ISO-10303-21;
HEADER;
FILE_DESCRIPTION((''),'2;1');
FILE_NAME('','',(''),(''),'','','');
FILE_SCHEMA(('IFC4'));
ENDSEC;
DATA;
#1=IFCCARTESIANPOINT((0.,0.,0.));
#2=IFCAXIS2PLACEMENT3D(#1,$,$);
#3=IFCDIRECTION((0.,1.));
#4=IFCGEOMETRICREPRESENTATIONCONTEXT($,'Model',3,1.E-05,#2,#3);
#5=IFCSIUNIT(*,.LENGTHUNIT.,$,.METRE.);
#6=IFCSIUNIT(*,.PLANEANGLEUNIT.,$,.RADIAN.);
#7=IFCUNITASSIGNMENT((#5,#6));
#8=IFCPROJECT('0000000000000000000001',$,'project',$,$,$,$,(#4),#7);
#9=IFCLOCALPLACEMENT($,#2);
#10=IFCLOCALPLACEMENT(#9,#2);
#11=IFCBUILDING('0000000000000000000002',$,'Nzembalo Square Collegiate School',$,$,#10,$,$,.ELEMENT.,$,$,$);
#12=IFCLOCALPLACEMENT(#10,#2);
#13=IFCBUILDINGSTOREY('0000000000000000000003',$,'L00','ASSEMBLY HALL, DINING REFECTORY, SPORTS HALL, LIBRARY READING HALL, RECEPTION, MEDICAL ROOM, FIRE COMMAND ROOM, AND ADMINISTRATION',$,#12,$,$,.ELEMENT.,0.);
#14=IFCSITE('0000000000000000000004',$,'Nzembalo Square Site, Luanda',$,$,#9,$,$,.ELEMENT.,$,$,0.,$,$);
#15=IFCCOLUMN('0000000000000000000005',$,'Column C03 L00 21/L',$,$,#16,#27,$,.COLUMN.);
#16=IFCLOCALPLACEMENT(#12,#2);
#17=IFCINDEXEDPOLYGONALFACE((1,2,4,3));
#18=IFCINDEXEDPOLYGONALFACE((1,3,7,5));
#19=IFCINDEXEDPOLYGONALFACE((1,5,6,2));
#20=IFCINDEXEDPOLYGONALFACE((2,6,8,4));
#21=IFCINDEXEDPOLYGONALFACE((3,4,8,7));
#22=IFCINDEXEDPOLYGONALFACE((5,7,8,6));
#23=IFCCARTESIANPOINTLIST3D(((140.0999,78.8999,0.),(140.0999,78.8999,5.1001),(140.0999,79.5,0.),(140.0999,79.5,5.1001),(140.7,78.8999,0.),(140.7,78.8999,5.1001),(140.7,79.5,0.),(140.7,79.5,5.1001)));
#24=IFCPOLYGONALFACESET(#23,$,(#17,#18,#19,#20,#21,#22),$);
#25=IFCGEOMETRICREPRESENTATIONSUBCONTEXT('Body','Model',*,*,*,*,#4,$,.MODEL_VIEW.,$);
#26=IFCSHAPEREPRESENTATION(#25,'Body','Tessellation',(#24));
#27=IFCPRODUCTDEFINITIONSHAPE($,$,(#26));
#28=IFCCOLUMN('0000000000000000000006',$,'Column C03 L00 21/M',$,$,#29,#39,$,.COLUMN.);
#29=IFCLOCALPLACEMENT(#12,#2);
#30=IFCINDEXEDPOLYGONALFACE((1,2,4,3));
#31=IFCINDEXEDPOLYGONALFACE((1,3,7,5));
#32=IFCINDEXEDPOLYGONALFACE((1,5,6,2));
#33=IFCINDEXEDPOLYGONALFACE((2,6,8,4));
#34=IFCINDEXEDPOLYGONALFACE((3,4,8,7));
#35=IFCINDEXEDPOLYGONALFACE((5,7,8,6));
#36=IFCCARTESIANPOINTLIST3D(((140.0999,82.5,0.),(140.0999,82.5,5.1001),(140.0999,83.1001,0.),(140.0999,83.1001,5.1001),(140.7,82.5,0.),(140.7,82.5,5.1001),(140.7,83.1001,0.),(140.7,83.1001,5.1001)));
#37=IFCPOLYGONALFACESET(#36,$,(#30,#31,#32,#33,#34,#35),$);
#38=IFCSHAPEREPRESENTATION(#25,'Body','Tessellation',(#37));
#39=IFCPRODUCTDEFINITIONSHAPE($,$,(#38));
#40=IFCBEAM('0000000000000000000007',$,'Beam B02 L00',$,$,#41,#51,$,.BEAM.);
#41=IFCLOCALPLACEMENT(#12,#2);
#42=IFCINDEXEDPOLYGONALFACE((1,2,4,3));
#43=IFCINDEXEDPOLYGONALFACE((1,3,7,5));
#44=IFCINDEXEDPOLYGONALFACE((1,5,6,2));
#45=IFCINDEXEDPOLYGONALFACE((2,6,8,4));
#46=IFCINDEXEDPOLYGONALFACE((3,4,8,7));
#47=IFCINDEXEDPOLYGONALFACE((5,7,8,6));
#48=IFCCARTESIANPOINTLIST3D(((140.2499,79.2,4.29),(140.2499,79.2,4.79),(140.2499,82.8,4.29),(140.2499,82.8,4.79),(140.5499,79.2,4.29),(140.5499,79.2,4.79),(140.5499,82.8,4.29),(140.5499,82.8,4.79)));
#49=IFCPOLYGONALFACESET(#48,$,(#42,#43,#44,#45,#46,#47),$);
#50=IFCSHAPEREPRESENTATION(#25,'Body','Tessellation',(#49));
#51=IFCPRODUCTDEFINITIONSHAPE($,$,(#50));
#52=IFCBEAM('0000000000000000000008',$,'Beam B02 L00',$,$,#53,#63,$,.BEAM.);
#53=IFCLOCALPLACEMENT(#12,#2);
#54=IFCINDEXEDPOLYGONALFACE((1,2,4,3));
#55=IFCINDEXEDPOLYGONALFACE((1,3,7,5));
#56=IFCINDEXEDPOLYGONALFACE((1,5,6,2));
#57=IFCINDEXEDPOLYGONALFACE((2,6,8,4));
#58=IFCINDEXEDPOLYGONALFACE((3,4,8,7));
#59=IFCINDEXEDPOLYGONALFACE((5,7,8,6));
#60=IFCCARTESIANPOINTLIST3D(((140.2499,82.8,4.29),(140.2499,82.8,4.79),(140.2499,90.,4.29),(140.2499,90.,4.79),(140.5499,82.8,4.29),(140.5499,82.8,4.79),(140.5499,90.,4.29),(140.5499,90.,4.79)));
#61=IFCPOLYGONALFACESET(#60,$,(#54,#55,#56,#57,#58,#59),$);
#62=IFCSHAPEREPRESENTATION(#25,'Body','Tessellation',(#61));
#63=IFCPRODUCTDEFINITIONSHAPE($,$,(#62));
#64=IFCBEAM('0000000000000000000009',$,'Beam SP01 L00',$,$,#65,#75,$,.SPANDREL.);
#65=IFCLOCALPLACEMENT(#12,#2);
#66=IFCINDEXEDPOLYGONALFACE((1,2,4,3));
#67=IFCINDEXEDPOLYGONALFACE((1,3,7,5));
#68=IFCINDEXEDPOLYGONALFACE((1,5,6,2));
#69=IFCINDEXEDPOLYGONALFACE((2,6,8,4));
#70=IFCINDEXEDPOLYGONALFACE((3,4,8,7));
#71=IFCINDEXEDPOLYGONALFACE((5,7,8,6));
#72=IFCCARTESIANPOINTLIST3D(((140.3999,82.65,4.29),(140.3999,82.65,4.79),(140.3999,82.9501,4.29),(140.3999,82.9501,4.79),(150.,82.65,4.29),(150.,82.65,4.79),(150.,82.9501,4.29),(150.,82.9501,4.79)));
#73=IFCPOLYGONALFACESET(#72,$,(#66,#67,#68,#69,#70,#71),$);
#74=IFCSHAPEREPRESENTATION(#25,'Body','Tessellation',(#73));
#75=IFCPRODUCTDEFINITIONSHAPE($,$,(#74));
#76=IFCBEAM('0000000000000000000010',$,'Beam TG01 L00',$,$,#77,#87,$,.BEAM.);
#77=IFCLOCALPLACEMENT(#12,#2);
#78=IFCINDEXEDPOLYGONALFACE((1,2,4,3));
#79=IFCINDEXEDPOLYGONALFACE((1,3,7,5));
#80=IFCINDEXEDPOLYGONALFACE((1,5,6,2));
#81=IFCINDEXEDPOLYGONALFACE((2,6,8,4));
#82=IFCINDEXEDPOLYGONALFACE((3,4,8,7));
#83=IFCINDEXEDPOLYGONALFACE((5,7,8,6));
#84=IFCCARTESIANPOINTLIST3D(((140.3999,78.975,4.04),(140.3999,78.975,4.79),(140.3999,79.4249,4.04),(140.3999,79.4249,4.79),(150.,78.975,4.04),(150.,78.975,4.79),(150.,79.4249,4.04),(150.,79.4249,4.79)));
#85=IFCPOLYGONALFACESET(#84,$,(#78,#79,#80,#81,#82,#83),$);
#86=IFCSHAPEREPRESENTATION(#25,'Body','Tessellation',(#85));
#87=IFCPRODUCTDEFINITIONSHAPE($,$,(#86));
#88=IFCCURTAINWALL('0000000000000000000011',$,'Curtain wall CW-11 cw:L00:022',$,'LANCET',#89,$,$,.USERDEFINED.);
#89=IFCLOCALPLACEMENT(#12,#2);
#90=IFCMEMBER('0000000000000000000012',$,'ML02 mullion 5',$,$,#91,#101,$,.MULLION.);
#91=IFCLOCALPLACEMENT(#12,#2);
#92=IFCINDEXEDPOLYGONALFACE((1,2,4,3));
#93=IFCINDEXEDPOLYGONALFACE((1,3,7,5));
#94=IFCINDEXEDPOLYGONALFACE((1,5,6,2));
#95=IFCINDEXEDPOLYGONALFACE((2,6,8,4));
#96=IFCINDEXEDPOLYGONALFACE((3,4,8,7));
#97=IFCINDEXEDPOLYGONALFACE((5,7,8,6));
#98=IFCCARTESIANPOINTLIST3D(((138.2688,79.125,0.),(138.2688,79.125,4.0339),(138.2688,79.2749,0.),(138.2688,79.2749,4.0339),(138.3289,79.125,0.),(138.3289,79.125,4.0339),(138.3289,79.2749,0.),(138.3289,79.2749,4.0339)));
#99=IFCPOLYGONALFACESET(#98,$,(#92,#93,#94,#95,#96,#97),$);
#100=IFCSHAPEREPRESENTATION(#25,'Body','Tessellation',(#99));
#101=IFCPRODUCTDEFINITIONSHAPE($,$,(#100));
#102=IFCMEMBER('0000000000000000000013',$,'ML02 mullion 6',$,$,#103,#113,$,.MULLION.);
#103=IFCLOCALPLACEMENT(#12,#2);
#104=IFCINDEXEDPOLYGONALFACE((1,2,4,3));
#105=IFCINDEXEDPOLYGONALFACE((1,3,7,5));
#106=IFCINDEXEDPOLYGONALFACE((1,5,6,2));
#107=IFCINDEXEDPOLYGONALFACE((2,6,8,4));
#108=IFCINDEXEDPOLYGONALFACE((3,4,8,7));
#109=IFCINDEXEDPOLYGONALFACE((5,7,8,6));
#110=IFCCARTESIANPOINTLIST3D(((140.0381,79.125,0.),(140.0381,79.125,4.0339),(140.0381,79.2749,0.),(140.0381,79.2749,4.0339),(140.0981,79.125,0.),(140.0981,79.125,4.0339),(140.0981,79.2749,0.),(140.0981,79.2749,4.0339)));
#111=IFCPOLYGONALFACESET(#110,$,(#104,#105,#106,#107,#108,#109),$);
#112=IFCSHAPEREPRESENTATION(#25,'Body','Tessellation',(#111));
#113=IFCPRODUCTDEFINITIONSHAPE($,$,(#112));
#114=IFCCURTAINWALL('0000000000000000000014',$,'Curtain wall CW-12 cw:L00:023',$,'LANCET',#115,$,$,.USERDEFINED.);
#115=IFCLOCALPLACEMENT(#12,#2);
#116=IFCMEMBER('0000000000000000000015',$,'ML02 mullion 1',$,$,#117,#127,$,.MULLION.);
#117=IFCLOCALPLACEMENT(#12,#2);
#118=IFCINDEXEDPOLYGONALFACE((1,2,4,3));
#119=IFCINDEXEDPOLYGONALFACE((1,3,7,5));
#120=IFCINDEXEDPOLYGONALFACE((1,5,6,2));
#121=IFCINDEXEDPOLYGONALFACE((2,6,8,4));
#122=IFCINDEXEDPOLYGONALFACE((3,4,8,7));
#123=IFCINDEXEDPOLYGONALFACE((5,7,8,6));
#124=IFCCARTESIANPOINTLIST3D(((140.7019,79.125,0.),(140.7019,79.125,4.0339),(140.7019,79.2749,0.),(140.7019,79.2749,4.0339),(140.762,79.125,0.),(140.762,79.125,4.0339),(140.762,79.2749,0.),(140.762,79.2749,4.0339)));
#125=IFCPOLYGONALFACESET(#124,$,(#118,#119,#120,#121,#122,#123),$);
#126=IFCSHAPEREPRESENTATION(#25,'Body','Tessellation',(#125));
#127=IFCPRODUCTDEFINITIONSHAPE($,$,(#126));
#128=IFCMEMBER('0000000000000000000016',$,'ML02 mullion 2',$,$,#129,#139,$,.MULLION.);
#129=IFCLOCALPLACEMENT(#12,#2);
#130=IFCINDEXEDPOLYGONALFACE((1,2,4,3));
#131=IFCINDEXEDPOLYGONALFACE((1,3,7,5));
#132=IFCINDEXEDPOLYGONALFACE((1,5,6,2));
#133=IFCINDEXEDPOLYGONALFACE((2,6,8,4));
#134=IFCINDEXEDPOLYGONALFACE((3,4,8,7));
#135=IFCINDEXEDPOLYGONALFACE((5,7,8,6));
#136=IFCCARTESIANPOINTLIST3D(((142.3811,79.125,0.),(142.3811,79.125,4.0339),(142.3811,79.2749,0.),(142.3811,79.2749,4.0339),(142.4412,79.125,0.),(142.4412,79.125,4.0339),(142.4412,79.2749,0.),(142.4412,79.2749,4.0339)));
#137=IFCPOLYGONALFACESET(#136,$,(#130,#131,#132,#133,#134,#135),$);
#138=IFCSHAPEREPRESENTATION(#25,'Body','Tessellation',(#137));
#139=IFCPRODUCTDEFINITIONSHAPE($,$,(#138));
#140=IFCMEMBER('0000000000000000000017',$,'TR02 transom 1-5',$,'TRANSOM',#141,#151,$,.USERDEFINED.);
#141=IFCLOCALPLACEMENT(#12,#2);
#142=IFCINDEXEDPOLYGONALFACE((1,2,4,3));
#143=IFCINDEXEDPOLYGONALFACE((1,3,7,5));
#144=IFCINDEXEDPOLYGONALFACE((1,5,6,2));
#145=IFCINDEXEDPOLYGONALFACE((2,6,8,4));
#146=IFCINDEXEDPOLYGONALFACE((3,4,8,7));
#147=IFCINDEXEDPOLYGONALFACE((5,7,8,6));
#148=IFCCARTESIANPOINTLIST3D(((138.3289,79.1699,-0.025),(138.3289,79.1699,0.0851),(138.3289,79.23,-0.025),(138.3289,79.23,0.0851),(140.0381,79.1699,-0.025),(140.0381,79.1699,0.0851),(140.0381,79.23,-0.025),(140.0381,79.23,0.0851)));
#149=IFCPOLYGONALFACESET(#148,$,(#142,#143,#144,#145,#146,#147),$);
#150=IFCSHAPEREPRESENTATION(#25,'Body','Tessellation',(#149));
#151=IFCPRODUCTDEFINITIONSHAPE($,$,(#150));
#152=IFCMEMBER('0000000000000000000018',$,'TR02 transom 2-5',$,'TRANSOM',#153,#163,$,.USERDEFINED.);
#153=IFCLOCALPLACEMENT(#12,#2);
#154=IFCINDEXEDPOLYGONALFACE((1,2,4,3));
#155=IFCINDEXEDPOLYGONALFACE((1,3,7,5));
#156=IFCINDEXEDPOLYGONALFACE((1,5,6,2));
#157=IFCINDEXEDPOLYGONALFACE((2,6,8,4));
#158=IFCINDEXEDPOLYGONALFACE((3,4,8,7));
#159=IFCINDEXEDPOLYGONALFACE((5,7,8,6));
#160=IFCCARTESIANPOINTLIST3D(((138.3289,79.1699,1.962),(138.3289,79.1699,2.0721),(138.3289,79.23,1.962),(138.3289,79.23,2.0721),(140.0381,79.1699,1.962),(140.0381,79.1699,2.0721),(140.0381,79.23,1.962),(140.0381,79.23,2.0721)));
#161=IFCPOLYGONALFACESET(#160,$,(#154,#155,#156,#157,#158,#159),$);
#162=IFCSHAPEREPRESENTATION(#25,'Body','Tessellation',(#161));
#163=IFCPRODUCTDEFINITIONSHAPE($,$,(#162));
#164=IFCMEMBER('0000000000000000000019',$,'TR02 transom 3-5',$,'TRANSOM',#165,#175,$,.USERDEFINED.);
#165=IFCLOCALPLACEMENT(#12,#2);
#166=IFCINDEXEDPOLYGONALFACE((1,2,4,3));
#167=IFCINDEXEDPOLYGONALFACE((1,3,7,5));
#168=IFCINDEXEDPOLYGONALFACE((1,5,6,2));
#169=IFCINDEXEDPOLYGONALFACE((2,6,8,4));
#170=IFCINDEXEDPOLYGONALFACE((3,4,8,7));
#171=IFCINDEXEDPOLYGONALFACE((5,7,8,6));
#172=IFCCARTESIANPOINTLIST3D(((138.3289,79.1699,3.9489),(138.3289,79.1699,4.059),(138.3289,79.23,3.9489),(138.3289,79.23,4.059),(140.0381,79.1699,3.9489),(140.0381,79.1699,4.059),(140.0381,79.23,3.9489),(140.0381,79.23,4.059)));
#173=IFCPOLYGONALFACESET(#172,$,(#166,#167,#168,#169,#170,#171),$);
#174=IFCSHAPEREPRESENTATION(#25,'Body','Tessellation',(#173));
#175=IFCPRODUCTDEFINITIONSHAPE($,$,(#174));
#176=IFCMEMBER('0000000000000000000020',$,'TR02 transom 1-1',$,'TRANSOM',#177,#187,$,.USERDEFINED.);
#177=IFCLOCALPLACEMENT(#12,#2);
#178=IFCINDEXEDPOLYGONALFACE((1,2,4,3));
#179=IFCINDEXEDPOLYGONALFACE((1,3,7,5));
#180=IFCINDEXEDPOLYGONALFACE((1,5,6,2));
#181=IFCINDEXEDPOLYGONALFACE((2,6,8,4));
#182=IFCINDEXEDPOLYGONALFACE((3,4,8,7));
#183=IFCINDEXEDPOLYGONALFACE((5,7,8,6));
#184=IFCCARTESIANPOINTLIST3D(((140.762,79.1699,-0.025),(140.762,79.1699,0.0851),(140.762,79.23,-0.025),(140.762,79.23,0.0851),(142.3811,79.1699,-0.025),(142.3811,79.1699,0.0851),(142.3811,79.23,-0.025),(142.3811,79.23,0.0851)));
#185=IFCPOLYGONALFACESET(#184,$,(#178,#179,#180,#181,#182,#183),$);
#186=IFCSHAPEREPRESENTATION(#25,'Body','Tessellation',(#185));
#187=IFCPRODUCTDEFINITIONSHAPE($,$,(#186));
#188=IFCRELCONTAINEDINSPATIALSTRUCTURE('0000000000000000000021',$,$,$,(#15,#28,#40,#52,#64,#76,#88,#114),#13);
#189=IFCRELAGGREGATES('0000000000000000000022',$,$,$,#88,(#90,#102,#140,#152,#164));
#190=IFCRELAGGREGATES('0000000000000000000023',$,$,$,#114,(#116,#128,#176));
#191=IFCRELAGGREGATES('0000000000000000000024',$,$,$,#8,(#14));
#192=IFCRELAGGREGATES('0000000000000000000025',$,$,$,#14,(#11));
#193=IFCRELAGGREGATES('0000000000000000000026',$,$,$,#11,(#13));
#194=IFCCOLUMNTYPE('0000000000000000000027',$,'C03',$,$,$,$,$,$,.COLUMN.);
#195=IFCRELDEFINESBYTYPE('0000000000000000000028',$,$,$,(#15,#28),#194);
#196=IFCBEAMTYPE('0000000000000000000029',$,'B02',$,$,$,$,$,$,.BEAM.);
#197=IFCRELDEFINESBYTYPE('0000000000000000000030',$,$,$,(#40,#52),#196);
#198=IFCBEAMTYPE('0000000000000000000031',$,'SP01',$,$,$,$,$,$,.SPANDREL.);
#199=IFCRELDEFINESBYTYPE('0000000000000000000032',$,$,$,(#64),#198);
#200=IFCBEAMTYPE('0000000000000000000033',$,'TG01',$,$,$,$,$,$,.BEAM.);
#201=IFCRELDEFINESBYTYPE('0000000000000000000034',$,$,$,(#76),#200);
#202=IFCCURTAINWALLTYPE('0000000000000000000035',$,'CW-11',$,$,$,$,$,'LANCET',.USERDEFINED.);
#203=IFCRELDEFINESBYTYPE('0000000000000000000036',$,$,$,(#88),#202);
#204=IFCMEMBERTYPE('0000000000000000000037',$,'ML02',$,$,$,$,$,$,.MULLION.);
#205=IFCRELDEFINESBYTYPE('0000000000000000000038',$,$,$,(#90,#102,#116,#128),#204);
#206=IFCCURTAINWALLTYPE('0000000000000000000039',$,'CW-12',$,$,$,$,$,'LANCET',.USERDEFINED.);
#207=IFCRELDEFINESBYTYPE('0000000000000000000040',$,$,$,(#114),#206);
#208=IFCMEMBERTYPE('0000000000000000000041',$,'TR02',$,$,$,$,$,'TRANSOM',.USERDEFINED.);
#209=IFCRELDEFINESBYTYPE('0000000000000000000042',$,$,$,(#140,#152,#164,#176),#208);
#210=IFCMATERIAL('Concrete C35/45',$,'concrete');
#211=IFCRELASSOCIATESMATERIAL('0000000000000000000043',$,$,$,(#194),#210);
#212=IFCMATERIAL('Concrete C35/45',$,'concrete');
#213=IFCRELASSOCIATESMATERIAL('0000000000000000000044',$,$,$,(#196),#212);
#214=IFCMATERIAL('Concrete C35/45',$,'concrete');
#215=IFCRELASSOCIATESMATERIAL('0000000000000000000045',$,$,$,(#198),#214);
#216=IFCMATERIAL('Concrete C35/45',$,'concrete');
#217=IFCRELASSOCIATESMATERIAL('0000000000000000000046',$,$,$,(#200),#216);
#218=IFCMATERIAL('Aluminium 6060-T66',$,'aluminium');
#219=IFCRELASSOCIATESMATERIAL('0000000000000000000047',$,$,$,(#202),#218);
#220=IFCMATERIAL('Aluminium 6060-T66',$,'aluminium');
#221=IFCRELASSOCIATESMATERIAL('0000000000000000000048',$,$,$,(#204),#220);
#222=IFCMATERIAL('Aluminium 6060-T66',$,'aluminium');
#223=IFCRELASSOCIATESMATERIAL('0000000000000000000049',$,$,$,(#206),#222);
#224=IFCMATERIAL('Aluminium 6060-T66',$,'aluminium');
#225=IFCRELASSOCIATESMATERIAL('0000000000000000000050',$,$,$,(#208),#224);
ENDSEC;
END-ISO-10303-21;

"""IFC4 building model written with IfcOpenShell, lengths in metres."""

from ifc_helpers import new_model, si_unit, direction, frame, origin, origin_2d, place, context, subcontext, project, spatial, rectangle, extrude, material, material_profile, profile_set, type_object, element, aggregate, save


model = new_model("IFC4")

# Units and contexts
model_context = context("Model", 3, precision=1e-05, world=origin(), true_north=direction((0.0, 1.0)))
body_context = subcontext(model_context, "Body", "Model", "MODEL_VIEW")
ifc_project = project(units=[si_unit("LENGTHUNIT", "METRE"), si_unit("PLANEANGLEUNIT", "RADIAN")], contexts=[model_context])

# Site, building, storey
site_placement = place(None, origin())
site = spatial("IfcSite", under=ifc_project, at=site_placement, Name="Nzembalo Square Site, Luanda", CompositionType="ELEMENT", RefElevation=0.0)
building_placement = place(site_placement, origin())
building = spatial("IfcBuilding", under=site, at=building_placement, Name="Nzembalo Square Collegiate School", CompositionType="ELEMENT")
storey_placement = place(building_placement, origin())
storey = spatial("IfcBuildingStorey", under=building, at=storey_placement, Name="L00", Description="ASSEMBLY HALL, DINING REFECTORY, SPORTS HALL, LIBRARY READING HALL, RECEPTION, MEDICAL ROOM, FIRE COMMAND ROOM, AND ADMINISTRATION", CompositionType="ELEMENT", Elevation=0.0)

# Columns
ifc_material_1 = material(Name="Concrete C35/45", Category="concrete")
ifc_material_profile_1 = material_profile(ifc_material_1, rectangle(XDim=0.6001, YDim=0.6001, at=origin_2d()), Name="RC 600x600")
ifc_profile_set_1 = profile_set([ifc_material_profile_1], Name="Concrete C35/45")
column_type = type_object("IfcColumnType", Name="C03", PredefinedType="COLUMN", material=ifc_profile_set_1)
for number, where, z_axis, x_axis, name in (
    (1, (140.3999, 79.2, 0.0), (0.0, 0.0, 1.0), (1.0, 0.0, 0.0), "Column C03 L00 21/L"),
    (2, (140.3999, 82.8, 0.0), (0.0, 0.0, 1.0), (1.0, 0.0, 0.0), "Column C03 L00 21/M"),
):
    element("IfcColumn", number, at=place(storey_placement, frame(where, z_axis=z_axis, x_axis=x_axis)), inside=storey, type_object=column_type, Name=name, PredefinedType="COLUMN", context=body_context, shape_type="SweptSolid", body=[
        extrude(rectangle(XDim=0.6001, YDim=0.6001, at=origin_2d()), origin(), (0.0, 0.0, 1.0), 5.1001),
    ])

# Beams
ifc_material_2 = material(Name="Concrete C35/45", Category="concrete")
ifc_material_profile_2 = material_profile(ifc_material_2, rectangle(XDim=0.3, YDim=0.5, at=origin_2d()), Name="RC 300x500")
ifc_profile_set_2 = profile_set([ifc_material_profile_2], Name="Concrete C35/45")
beam_type_1 = type_object("IfcBeamType", Name="B02", PredefinedType="BEAM", material=ifc_profile_set_2)
beam_1_placement = place(storey_placement, frame((140.3999, 79.2, 4.54), z_axis=(0.0, 1.0, 0.0), x_axis=(-1.0, 0.0, 0.0)))
element("IfcBeam", 3, at=beam_1_placement, inside=storey, type_object=beam_type_1, Name="Beam B02 L00", PredefinedType="BEAM", context=body_context, shape_type="SweptSolid", body=[
    extrude(rectangle(XDim=0.3, YDim=0.5, at=origin_2d()), origin(), (0.0, 0.0, 1.0), 3.6001),
])
beam_2_placement = place(storey_placement, frame((140.3999, 82.8, 4.54), z_axis=(0.0, 1.0, 0.0), x_axis=(-1.0, 0.0, 0.0)))
element("IfcBeam", 4, at=beam_2_placement, inside=storey, type_object=beam_type_1, Name="Beam B02 L00", PredefinedType="BEAM", context=body_context, shape_type="SweptSolid", body=[
    extrude(rectangle(XDim=0.3, YDim=0.5, at=origin_2d()), origin(), (0.0, 0.0, 1.0), 7.2),
])
ifc_material_3 = material(Name="Concrete C35/45", Category="concrete")
ifc_material_profile_3 = material_profile(ifc_material_3, rectangle(XDim=0.3, YDim=0.5, at=origin_2d()), Name="RC 300x500")
ifc_profile_set_3 = profile_set([ifc_material_profile_3], Name="Concrete C35/45")
beam_type_2 = type_object("IfcBeamType", Name="SP01", PredefinedType="SPANDREL", material=ifc_profile_set_3)
beam_3_placement = place(storey_placement, frame((140.3999, 82.8, 4.54), z_axis=(1.0, 0.0, 0.0), x_axis=(0.0, 1.0, 0.0)))
element("IfcBeam", 5, at=beam_3_placement, inside=storey, type_object=beam_type_2, Name="Beam SP01 L00", PredefinedType="SPANDREL", context=body_context, shape_type="SweptSolid", body=[
    extrude(rectangle(XDim=0.3, YDim=0.5, at=origin_2d()), origin(), (0.0, 0.0, 1.0), 9.6001),
])
ifc_material_4 = material(Name="Concrete C35/45", Category="concrete")
ifc_material_profile_4 = material_profile(ifc_material_4, rectangle(XDim=0.45, YDim=0.75, at=origin_2d()), Name="RC 450x750")
ifc_profile_set_4 = profile_set([ifc_material_profile_4], Name="Concrete C35/45")
beam_type_3 = type_object("IfcBeamType", Name="TG01", PredefinedType="BEAM", material=ifc_profile_set_4)
beam_4_placement = place(storey_placement, frame((140.3999, 79.2, 4.415), z_axis=(1.0, 0.0, 0.0), x_axis=(0.0, 1.0, 0.0)))
element("IfcBeam", 6, at=beam_4_placement, inside=storey, type_object=beam_type_3, Name="Beam TG01 L00", PredefinedType="BEAM", context=body_context, shape_type="SweptSolid", body=[
    extrude(rectangle(XDim=0.45, YDim=0.75, at=origin_2d()), origin(), (0.0, 0.0, 1.0), 9.6001),
])

# Curtain walls, members
ifc_material_5 = material(Name="Aluminium 6060-T66", Category="aluminium")
curtain_wall_type_1 = type_object("IfcCurtainWallType", Name="CW-11", ElementType="LANCET", PredefinedType="USERDEFINED", material=ifc_material_5)
curtain_wall_1_placement = place(storey_placement, origin())
curtain_wall_1 = element("IfcCurtainWall", 7, at=curtain_wall_1_placement, inside=storey, type_object=curtain_wall_type_1, Name="Curtain wall CW-11 cw:L00:022", ObjectType="LANCET", PredefinedType="USERDEFINED")
ifc_material_6 = material(Name="Aluminium 6060-T66", Category="aluminium")
ifc_material_profile_5 = material_profile(ifc_material_6, rectangle(XDim=0.0601, YDim=0.1499, at=origin_2d()), Name="ALU M60x150")
ifc_profile_set_5 = profile_set([ifc_material_profile_5], Name="Aluminium 6060-T66")
member_type_1 = type_object("IfcMemberType", Name="ML02", PredefinedType="MULLION", material=ifc_profile_set_5)
member_1_placement = place(storey_placement, frame((138.2988, 79.2, 0.0), z_axis=(0.0, 0.0, 1.0), x_axis=(1.0, 0.0, 0.0)))
member_1 = element("IfcMember", 8, at=member_1_placement, type_object=member_type_1, Name="ML02 mullion 5", PredefinedType="MULLION", context=body_context, shape_type="SweptSolid", body=[
    extrude(rectangle(XDim=0.0601, YDim=0.1499, at=origin_2d()), origin(), (0.0, 0.0, 1.0), 4.0339),
])
member_2_placement = place(storey_placement, frame((140.0681, 79.2, 0.0), z_axis=(0.0, 0.0, 1.0), x_axis=(1.0, 0.0, 0.0)))
member_2 = element("IfcMember", 9, at=member_2_placement, type_object=member_type_1, Name="ML02 mullion 6", PredefinedType="MULLION", context=body_context, shape_type="SweptSolid", body=[
    extrude(rectangle(XDim=0.0601, YDim=0.1499, at=origin_2d()), origin(), (0.0, 0.0, 1.0), 4.0339),
])
ifc_material_7 = material(Name="Aluminium 6060-T66", Category="aluminium")
curtain_wall_type_2 = type_object("IfcCurtainWallType", Name="CW-12", ElementType="LANCET", PredefinedType="USERDEFINED", material=ifc_material_7)
curtain_wall_2_placement = place(storey_placement, origin())
curtain_wall_2 = element("IfcCurtainWall", 10, at=curtain_wall_2_placement, inside=storey, type_object=curtain_wall_type_2, Name="Curtain wall CW-12 cw:L00:023", ObjectType="LANCET", PredefinedType="USERDEFINED")
member_3_placement = place(storey_placement, frame((140.7319, 79.2, 0.0), z_axis=(0.0, 0.0, 1.0), x_axis=(1.0, 0.0, 0.0)))
member_3 = element("IfcMember", 11, at=member_3_placement, type_object=member_type_1, Name="ML02 mullion 1", PredefinedType="MULLION", context=body_context, shape_type="SweptSolid", body=[
    extrude(rectangle(XDim=0.0601, YDim=0.1499, at=origin_2d()), origin(), (0.0, 0.0, 1.0), 4.0339),
])
member_4_placement = place(storey_placement, frame((142.4111, 79.2, 0.0), z_axis=(0.0, 0.0, 1.0), x_axis=(1.0, 0.0, 0.0)))
member_4 = element("IfcMember", 12, at=member_4_placement, type_object=member_type_1, Name="ML02 mullion 2", PredefinedType="MULLION", context=body_context, shape_type="SweptSolid", body=[
    extrude(rectangle(XDim=0.0601, YDim=0.1499, at=origin_2d()), origin(), (0.0, 0.0, 1.0), 4.0339),
])

# Members
ifc_material_8 = material(Name="Aluminium 6060-T66", Category="aluminium")
ifc_material_profile_6 = material_profile(ifc_material_8, rectangle(XDim=0.0601, YDim=0.1101, at=origin_2d()), Name="ALU T60x110")
ifc_profile_set_6 = profile_set([ifc_material_profile_6], Name="Aluminium 6060-T66")
member_type_2 = type_object("IfcMemberType", Name="TR02", ElementType="TRANSOM", PredefinedType="USERDEFINED", material=ifc_profile_set_6)
member_5_placement = place(storey_placement, frame((138.3289, 79.2, 0.03), z_axis=(1.0, 0.0, 0.0), x_axis=(0.0, 1.0, 0.0)))
member_5 = element("IfcMember", 13, at=member_5_placement, type_object=member_type_2, Name="TR02 transom 1-5", ObjectType="TRANSOM", PredefinedType="USERDEFINED", context=body_context, shape_type="SweptSolid", body=[
    extrude(rectangle(XDim=0.0601, YDim=0.1101, at=origin_2d()), origin(), (0.0, 0.0, 1.0), 1.7092),
])
member_6_placement = place(storey_placement, frame((138.3289, 79.2, 2.0171), z_axis=(1.0, 0.0, 0.0), x_axis=(0.0, 1.0, 0.0)))
member_6 = element("IfcMember", 14, at=member_6_placement, type_object=member_type_2, Name="TR02 transom 2-5", ObjectType="TRANSOM", PredefinedType="USERDEFINED", context=body_context, shape_type="SweptSolid", body=[
    extrude(rectangle(XDim=0.0601, YDim=0.1101, at=origin_2d()), origin(), (0.0, 0.0, 1.0), 1.7092),
])
member_7_placement = place(storey_placement, frame((138.3289, 79.2, 4.0039), z_axis=(1.0, 0.0, 0.0), x_axis=(0.0, 1.0, 0.0)))
member_7 = element("IfcMember", 15, at=member_7_placement, type_object=member_type_2, Name="TR02 transom 3-5", ObjectType="TRANSOM", PredefinedType="USERDEFINED", context=body_context, shape_type="SweptSolid", body=[
    extrude(rectangle(XDim=0.0601, YDim=0.1101, at=origin_2d()), origin(), (0.0, 0.0, 1.0), 1.7092),
])
member_8_placement = place(storey_placement, frame((140.762, 79.2, 0.03), z_axis=(1.0, 0.0, 0.0), x_axis=(0.0, 1.0, 0.0)))
member_8 = element("IfcMember", 16, at=member_8_placement, type_object=member_type_2, Name="TR02 transom 1-1", ObjectType="TRANSOM", PredefinedType="USERDEFINED", context=body_context, shape_type="SweptSolid", body=[
    extrude(rectangle(XDim=0.0601, YDim=0.1101, at=origin_2d()), origin(), (0.0, 0.0, 1.0), 1.6191),
])

aggregate(curtain_wall_1, [member_1, member_2, member_5, member_6, member_7])
aggregate(curtain_wall_2, [member_3, member_4, member_8])

save(model, "model.ifc")
